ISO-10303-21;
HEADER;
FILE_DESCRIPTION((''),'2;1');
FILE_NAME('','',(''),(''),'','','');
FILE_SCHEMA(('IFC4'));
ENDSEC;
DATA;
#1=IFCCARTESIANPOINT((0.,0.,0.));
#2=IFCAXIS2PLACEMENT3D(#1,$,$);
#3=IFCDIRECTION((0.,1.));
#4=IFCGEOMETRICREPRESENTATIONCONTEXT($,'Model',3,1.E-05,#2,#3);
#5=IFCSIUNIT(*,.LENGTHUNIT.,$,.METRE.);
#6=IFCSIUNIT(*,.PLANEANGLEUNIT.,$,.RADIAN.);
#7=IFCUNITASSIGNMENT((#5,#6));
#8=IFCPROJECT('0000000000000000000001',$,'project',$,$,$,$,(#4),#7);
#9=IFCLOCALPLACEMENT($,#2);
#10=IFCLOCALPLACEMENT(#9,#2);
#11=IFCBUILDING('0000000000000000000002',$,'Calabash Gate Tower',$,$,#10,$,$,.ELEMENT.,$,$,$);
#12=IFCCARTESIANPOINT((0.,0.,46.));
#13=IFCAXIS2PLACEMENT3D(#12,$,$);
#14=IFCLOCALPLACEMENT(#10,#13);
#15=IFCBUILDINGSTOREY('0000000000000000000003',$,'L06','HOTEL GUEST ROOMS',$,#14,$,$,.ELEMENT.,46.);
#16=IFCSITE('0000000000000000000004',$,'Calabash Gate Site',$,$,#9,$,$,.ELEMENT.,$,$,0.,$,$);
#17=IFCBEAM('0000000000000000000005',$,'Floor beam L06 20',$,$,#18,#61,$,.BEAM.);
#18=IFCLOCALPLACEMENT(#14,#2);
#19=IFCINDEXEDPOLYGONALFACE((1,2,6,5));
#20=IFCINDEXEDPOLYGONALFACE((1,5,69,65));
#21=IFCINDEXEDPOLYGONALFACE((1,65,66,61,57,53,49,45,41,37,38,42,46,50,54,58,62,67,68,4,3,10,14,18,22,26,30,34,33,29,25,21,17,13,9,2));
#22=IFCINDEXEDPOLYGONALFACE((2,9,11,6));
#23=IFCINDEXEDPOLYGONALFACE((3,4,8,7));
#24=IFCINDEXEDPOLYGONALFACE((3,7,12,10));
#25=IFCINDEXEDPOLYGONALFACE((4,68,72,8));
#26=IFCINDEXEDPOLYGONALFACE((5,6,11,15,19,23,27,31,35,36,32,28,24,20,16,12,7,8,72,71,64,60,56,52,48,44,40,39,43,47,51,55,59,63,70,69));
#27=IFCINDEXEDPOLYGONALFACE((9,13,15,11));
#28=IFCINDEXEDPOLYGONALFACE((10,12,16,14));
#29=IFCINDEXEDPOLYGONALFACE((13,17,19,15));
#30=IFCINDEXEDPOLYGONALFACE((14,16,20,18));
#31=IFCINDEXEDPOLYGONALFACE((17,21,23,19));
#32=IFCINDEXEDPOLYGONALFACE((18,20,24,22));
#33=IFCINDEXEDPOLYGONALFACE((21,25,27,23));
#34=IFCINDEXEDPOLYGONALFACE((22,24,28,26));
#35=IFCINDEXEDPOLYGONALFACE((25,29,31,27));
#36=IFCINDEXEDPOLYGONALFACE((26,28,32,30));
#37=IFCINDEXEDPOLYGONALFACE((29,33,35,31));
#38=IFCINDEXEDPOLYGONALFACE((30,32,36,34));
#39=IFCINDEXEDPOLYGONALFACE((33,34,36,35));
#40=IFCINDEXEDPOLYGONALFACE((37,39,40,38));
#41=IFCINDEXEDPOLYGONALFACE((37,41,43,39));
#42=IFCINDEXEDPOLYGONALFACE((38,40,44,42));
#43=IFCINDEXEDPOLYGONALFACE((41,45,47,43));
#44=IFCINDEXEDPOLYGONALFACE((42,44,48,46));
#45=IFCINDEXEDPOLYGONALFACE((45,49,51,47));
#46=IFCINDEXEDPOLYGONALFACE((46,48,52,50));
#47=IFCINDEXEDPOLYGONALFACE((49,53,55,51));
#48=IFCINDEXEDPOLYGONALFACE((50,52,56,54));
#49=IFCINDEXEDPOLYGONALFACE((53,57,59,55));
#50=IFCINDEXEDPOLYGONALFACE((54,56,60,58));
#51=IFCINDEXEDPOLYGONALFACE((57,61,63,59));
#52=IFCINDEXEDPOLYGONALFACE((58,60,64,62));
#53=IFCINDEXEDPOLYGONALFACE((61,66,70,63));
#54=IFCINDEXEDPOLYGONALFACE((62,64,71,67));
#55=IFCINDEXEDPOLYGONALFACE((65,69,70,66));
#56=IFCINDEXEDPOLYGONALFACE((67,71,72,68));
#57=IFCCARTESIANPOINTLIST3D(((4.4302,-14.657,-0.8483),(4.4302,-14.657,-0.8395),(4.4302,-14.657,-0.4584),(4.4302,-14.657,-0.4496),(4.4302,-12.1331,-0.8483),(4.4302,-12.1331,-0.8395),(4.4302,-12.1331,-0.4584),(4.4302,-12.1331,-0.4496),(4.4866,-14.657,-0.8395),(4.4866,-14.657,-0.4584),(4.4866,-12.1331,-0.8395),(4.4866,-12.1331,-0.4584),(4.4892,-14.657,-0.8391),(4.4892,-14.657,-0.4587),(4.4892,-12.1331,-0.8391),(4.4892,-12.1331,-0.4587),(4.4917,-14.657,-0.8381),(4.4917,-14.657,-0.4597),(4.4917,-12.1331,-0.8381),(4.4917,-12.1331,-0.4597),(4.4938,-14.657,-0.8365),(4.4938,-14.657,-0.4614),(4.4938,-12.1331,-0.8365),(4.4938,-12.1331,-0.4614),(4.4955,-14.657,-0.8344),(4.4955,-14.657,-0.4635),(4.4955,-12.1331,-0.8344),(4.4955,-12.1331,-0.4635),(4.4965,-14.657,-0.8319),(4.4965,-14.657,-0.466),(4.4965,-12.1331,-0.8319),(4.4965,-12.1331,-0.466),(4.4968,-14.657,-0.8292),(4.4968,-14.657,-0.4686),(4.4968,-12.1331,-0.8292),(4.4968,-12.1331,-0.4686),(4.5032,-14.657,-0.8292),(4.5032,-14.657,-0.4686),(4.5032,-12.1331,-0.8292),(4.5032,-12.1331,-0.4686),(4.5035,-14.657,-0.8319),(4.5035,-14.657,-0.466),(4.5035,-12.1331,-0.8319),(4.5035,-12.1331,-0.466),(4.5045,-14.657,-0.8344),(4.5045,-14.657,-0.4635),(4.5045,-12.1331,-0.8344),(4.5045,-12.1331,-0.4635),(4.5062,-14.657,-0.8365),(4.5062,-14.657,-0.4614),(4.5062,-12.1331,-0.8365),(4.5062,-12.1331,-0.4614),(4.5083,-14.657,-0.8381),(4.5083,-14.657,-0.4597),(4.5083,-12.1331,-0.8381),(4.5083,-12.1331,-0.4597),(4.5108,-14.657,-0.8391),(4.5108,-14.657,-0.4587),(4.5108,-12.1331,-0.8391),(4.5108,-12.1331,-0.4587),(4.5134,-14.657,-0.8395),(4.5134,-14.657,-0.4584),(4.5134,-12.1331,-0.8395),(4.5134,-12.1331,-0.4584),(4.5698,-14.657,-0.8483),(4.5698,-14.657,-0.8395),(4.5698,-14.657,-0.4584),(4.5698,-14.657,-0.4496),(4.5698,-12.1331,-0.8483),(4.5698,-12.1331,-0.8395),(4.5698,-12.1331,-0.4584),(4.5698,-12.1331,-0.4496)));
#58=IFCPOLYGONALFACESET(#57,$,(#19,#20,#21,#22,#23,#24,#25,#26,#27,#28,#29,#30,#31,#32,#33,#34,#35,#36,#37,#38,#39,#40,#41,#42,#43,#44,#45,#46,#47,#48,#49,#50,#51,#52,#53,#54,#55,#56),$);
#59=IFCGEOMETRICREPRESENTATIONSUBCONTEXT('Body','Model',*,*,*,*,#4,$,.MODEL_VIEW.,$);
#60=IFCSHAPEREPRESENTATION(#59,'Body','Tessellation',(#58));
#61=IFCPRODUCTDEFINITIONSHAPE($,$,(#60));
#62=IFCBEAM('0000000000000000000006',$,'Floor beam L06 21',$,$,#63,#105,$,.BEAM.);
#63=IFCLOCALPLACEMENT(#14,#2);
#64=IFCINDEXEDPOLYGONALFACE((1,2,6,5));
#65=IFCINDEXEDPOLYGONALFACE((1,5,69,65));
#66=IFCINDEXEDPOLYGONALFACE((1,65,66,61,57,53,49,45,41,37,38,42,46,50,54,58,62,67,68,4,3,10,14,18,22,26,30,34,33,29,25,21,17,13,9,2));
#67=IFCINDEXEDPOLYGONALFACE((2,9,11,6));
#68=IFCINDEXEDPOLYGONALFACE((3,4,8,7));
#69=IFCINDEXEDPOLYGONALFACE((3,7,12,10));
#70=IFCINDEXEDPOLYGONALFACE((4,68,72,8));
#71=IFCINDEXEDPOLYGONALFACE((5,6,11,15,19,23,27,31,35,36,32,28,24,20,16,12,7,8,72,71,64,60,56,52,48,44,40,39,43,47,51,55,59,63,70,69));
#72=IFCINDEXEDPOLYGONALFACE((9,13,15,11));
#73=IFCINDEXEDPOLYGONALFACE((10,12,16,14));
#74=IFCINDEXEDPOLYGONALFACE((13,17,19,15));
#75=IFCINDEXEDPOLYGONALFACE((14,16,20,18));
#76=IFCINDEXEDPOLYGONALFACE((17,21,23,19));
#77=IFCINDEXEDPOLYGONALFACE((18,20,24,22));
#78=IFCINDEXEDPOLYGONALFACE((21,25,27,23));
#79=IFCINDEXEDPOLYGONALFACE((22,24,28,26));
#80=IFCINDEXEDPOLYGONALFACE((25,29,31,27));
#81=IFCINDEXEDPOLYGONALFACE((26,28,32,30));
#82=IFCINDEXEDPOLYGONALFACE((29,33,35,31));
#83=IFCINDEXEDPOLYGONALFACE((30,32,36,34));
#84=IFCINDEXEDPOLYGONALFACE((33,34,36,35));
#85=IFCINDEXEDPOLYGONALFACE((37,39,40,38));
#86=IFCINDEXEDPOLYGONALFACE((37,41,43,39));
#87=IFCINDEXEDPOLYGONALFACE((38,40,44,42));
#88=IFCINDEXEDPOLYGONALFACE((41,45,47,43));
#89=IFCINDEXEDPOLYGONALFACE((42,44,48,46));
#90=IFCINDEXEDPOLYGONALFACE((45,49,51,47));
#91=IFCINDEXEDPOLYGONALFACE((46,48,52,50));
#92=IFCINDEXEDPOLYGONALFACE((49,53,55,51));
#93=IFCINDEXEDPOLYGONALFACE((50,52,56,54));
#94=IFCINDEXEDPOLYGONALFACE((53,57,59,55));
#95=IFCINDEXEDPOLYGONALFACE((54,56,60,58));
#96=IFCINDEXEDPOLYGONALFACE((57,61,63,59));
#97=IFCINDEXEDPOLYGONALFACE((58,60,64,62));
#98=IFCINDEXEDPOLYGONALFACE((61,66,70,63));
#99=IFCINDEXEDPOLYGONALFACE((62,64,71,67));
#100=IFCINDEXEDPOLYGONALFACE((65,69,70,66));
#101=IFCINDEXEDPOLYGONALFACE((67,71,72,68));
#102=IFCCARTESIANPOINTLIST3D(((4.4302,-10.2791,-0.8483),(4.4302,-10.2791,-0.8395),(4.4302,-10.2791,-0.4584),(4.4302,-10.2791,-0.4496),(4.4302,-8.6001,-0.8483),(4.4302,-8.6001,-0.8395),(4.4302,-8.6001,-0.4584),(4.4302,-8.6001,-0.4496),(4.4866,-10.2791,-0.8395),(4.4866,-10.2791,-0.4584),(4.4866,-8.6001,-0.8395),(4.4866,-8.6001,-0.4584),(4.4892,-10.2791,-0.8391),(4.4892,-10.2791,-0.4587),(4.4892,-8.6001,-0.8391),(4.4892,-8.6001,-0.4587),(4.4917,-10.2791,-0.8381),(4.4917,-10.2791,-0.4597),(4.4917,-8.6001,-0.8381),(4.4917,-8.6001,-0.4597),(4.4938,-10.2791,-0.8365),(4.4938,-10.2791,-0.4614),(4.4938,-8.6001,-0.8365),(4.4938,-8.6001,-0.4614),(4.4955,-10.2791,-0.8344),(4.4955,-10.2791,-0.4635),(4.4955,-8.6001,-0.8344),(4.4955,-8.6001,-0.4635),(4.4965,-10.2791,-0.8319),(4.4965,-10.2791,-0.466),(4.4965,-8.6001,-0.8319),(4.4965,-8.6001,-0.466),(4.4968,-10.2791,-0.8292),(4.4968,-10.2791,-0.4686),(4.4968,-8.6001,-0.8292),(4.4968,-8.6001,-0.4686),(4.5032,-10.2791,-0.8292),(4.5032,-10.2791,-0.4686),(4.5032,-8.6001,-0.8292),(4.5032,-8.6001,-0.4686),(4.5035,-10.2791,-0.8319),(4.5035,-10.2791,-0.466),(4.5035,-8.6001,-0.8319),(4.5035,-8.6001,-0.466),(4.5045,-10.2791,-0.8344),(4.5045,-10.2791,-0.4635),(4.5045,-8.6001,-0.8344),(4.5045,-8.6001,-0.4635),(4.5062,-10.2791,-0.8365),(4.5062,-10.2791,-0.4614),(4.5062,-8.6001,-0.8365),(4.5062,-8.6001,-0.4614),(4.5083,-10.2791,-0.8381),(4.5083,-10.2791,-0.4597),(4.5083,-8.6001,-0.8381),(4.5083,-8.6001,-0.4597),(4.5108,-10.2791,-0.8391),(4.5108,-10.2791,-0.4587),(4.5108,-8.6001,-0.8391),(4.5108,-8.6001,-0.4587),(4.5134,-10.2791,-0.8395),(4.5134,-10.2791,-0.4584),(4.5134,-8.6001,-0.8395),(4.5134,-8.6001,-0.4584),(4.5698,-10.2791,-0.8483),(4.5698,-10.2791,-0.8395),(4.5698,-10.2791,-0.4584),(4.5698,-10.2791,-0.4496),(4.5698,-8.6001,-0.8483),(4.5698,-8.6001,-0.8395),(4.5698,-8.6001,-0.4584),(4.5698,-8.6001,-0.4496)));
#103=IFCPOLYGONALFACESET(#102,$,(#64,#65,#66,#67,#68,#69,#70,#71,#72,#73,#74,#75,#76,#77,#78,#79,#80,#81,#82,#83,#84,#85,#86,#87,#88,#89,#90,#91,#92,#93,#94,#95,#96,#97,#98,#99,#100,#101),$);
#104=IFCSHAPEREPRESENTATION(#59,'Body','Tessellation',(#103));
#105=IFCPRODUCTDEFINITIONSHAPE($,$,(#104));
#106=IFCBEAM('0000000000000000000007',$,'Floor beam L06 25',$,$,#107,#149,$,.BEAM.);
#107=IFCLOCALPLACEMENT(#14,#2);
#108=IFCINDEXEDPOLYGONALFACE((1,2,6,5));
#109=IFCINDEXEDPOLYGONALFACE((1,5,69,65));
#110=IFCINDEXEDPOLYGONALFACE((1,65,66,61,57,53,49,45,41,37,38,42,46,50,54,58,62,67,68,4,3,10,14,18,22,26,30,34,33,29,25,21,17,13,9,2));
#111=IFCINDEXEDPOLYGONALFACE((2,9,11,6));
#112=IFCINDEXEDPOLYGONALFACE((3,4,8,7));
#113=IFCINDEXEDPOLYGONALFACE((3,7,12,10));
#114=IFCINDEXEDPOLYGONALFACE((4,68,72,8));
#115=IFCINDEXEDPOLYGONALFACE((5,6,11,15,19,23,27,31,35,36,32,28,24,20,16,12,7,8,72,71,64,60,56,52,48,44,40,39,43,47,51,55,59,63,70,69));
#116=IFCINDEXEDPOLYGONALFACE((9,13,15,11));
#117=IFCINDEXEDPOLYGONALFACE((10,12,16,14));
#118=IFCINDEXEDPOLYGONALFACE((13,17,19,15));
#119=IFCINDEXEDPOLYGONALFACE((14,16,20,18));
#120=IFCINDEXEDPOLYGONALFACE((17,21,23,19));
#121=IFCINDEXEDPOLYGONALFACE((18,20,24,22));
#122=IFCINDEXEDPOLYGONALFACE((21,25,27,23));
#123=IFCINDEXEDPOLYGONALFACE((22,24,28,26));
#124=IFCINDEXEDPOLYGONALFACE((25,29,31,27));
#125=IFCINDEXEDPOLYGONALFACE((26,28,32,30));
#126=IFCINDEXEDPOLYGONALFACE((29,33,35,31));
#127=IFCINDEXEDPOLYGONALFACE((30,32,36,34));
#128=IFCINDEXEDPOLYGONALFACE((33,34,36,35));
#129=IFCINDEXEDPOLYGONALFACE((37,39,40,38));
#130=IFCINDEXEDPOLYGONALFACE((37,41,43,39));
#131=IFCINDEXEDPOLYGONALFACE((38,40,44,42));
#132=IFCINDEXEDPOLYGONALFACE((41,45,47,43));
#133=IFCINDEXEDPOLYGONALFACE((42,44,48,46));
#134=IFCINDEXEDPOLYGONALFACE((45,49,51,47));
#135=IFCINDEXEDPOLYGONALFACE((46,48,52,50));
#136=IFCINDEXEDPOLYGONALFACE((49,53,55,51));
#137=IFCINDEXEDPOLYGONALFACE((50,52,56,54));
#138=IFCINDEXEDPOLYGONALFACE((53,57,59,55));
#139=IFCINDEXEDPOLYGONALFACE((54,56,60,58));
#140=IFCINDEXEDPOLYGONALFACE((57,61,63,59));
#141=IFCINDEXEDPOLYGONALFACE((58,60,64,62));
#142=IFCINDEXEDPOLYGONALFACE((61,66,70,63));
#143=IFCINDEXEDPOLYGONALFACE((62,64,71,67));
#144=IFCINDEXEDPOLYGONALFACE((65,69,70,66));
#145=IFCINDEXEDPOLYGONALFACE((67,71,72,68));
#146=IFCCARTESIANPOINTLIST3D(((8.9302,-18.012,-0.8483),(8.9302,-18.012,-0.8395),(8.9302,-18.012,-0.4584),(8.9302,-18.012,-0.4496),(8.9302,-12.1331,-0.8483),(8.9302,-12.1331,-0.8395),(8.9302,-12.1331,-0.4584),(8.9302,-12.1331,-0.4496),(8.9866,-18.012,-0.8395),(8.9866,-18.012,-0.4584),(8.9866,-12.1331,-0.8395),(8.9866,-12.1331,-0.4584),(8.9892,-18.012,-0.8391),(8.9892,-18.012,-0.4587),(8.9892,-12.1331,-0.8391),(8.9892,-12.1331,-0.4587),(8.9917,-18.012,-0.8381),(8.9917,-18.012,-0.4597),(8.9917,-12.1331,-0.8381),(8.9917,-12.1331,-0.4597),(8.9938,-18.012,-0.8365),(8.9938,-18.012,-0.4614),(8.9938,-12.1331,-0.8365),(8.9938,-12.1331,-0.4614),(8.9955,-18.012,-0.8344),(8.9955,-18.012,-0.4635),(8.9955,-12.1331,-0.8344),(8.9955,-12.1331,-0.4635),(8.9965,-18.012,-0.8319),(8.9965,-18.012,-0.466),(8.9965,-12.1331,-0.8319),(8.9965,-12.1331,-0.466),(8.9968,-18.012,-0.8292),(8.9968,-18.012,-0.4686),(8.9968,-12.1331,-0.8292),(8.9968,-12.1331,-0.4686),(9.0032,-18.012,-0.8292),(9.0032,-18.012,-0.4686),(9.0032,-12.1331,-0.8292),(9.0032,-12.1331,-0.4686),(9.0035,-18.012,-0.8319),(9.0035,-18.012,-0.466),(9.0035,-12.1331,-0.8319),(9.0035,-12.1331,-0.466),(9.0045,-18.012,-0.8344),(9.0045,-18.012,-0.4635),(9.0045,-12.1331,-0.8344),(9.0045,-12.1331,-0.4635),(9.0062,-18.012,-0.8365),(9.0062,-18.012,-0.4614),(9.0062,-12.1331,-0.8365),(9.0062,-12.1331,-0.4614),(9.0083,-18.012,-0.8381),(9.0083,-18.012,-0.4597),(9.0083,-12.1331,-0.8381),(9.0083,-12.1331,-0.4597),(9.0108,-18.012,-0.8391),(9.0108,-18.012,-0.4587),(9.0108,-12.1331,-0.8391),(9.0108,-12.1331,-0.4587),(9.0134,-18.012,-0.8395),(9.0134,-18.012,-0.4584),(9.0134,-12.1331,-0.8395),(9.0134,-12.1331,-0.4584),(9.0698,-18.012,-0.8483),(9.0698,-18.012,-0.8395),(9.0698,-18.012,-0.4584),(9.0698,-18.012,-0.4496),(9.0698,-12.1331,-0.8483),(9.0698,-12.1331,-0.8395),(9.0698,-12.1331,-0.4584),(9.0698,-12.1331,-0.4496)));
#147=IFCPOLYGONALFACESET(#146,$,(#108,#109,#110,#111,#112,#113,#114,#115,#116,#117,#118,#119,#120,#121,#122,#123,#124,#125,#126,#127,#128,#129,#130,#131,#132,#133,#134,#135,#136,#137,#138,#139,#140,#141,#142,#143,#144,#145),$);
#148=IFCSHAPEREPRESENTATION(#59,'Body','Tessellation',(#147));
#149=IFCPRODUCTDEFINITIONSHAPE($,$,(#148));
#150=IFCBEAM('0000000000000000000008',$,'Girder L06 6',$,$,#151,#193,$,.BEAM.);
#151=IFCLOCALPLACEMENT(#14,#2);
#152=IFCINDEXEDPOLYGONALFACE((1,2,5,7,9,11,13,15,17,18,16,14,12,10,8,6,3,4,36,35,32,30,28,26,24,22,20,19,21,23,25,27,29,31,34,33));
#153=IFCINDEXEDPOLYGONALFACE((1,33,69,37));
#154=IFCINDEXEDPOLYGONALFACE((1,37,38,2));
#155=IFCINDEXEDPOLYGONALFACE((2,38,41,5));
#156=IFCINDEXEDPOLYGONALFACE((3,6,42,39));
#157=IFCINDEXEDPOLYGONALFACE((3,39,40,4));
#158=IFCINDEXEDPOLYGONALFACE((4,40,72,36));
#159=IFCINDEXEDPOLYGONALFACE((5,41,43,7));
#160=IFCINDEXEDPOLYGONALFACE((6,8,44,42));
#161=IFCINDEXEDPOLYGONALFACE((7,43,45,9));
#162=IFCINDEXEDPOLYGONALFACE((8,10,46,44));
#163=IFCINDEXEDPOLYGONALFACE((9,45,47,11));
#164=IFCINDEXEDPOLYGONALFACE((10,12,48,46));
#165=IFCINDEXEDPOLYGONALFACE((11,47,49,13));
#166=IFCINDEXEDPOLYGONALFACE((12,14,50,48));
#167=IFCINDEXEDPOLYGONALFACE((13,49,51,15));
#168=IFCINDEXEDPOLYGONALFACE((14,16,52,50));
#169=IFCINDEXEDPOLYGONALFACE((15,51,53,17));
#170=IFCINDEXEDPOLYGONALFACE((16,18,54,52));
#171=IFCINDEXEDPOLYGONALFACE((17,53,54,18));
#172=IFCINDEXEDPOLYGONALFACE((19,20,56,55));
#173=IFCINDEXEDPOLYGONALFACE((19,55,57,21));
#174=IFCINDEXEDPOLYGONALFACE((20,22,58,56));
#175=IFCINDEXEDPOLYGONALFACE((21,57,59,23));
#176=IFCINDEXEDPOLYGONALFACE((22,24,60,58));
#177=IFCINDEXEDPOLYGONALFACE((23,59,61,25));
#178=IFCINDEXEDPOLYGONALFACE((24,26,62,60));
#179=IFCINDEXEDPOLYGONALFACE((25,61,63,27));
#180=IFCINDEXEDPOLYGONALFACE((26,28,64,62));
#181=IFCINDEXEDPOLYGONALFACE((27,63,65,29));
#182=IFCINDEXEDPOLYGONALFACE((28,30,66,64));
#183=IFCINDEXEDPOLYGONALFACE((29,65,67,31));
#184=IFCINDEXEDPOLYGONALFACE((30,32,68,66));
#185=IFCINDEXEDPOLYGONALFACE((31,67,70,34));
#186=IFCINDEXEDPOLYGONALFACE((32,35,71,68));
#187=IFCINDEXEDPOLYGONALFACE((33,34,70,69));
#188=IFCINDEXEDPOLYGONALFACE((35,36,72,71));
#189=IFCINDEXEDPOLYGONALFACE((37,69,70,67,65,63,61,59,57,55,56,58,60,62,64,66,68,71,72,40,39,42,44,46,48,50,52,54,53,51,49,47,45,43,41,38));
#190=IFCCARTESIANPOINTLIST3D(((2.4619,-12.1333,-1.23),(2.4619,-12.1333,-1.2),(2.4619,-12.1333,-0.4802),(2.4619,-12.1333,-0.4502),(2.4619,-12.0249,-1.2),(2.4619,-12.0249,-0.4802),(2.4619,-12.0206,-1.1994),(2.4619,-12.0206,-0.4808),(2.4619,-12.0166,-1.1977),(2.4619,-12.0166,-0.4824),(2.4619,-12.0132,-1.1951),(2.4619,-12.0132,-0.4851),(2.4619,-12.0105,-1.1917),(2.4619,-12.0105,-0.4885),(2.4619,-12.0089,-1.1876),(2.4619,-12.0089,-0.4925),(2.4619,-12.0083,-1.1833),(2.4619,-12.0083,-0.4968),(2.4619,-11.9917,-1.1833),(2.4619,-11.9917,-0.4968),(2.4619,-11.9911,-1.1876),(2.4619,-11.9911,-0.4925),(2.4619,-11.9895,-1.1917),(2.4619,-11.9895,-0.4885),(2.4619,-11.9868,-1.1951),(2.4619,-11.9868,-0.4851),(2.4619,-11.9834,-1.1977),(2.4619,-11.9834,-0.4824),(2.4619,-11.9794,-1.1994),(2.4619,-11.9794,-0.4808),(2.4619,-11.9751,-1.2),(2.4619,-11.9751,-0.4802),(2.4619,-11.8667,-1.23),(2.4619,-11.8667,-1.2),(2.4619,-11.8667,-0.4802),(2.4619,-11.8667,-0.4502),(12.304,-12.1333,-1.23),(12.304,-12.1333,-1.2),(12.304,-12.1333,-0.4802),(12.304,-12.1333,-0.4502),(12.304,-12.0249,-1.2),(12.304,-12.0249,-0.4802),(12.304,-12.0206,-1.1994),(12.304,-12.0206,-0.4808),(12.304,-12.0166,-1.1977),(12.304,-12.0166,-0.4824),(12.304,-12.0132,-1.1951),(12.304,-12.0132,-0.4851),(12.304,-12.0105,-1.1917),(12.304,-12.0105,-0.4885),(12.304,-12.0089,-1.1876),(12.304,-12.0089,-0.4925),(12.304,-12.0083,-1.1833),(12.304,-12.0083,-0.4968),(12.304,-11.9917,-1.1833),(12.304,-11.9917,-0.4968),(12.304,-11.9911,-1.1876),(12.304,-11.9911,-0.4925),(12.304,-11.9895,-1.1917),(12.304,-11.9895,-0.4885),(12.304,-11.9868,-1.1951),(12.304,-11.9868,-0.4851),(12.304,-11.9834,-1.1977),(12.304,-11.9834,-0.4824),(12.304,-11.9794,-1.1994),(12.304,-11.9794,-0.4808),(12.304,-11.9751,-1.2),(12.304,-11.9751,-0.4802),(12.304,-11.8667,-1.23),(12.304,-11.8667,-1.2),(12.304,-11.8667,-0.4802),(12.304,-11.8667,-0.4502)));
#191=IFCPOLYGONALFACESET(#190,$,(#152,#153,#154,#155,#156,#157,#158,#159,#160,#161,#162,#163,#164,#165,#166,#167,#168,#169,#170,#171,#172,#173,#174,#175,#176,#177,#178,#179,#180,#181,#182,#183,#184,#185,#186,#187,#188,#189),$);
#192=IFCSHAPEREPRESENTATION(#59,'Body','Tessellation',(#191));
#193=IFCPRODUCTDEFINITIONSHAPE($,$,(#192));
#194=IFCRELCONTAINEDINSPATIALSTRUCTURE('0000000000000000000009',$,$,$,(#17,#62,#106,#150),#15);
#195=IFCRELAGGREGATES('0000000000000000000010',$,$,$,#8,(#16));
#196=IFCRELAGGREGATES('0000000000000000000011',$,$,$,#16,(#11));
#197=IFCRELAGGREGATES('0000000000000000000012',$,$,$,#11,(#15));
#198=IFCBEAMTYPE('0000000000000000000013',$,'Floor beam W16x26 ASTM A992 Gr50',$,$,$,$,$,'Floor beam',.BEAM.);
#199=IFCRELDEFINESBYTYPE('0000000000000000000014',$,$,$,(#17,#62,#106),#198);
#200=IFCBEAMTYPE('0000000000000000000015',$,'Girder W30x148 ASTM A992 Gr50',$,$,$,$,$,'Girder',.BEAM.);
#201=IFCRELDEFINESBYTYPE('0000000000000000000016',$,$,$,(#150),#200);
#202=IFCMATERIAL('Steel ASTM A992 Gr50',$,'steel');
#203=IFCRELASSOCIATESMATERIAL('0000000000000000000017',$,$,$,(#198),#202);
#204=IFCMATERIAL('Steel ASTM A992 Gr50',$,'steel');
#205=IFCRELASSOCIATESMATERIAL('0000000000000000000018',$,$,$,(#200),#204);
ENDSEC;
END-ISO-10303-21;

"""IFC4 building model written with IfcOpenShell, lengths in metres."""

from ifc_helpers import new_model, si_unit, direction, frame, origin, origin_2d, place, context, subcontext, project, spatial, i_section, extrude, material, material_profile, profile_set, type_object, element, save


model = new_model("IFC4")

# Units and contexts
model_context = context("Model", 3, precision=1e-05, world=origin(), true_north=direction((0.0, 1.0)))
body_context = subcontext(model_context, "Body", "Model", "MODEL_VIEW")
ifc_project = project(units=[si_unit("LENGTHUNIT", "METRE"), si_unit("PLANEANGLEUNIT", "RADIAN")], contexts=[model_context])

# Site, building, storey
site_placement = place(None, origin())
site = spatial("IfcSite", under=ifc_project, at=site_placement, Name="Calabash Gate Site", CompositionType="ELEMENT", RefElevation=0.0)
building_placement = place(site_placement, origin())
building = spatial("IfcBuilding", under=site, at=building_placement, Name="Calabash Gate Tower", CompositionType="ELEMENT")
storey_placement = place(building_placement, frame((0.0, 0.0, 46.0)))
storey = spatial("IfcBuildingStorey", under=building, at=storey_placement, Name="L06", Description="HOTEL GUEST ROOMS", CompositionType="ELEMENT", Elevation=46.0)

# Beams
ifc_material_1 = material(Name="Steel ASTM A992 Gr50", Category="steel")
ifc_material_profile_1 = material_profile(ifc_material_1, i_section(OverallWidth=0.1396, OverallDepth=0.3987, WebThickness=0.0063, FlangeThickness=0.0088, FilletRadius=0.0103, at=origin_2d()))
ifc_profile_set_1 = profile_set([ifc_material_profile_1], Name="Steel ASTM A992 Gr50")
beam_type_1 = type_object("IfcBeamType", Name="Floor beam W16x26 ASTM A992 Gr50", ElementType="Floor beam", PredefinedType="BEAM", material=ifc_profile_set_1)
beam_1_placement = place(storey_placement, frame((4.5, -14.657, -0.6489), z_axis=(0.0, 1.0, 0.0), x_axis=(-1.0, 0.0, 0.0)))
element("IfcBeam", 1, at=beam_1_placement, inside=storey, type_object=beam_type_1, Name="Floor beam L06 20", PredefinedType="BEAM", context=body_context, shape_type="SweptSolid", body=[
    extrude(i_section(OverallWidth=0.1396, OverallDepth=0.3987, WebThickness=0.0063, FlangeThickness=0.0088, FilletRadius=0.0103, at=origin_2d()), origin(), (0.0, 0.0, 1.0), 2.5239),
])
beam_2_placement = place(storey_placement, frame((4.5, -10.2791, -0.6489), z_axis=(0.0, 1.0, 0.0), x_axis=(-1.0, 0.0, 0.0)))
element("IfcBeam", 2, at=beam_2_placement, inside=storey, type_object=beam_type_1, Name="Floor beam L06 21", PredefinedType="BEAM", context=body_context, shape_type="SweptSolid", body=[
    extrude(i_section(OverallWidth=0.1396, OverallDepth=0.3987, WebThickness=0.0063, FlangeThickness=0.0088, FilletRadius=0.0103, at=origin_2d()), origin(), (0.0, 0.0, 1.0), 1.679),
])
beam_3_placement = place(storey_placement, frame((9.0, -18.012, -0.6489), z_axis=(0.0, 1.0, 0.0), x_axis=(-1.0, 0.0, 0.0)))
element("IfcBeam", 3, at=beam_3_placement, inside=storey, type_object=beam_type_1, Name="Floor beam L06 25", PredefinedType="BEAM", context=body_context, shape_type="SweptSolid", body=[
    extrude(i_section(OverallWidth=0.1396, OverallDepth=0.3987, WebThickness=0.0063, FlangeThickness=0.0088, FilletRadius=0.0103, at=origin_2d()), origin(), (0.0, 0.0, 1.0), 5.8789),
])
ifc_material_2 = material(Name="Steel ASTM A992 Gr50", Category="steel")
ifc_material_profile_2 = material_profile(ifc_material_2, i_section(OverallWidth=0.2666, OverallDepth=0.7798, WebThickness=0.0166, FlangeThickness=0.03, FilletRadius=0.0166, at=origin_2d()))
ifc_profile_set_2 = profile_set([ifc_material_profile_2], Name="Steel ASTM A992 Gr50")
beam_type_2 = type_object("IfcBeamType", Name="Girder W30x148 ASTM A992 Gr50", ElementType="Girder", PredefinedType="BEAM", material=ifc_profile_set_2)
beam_4_placement = place(storey_placement, frame((2.4619, -12.0, -0.8401), z_axis=(1.0, 0.0, 0.0), x_axis=(0.0, 1.0, 0.0)))
element("IfcBeam", 4, at=beam_4_placement, inside=storey, type_object=beam_type_2, Name="Girder L06 6", PredefinedType="BEAM", context=body_context, shape_type="SweptSolid", body=[
    extrude(i_section(OverallWidth=0.2666, OverallDepth=0.7798, WebThickness=0.0166, FlangeThickness=0.03, FilletRadius=0.0166, at=origin_2d()), origin(), (0.0, 0.0, 1.0), 9.842),
])

save(model, "model.ifc")
